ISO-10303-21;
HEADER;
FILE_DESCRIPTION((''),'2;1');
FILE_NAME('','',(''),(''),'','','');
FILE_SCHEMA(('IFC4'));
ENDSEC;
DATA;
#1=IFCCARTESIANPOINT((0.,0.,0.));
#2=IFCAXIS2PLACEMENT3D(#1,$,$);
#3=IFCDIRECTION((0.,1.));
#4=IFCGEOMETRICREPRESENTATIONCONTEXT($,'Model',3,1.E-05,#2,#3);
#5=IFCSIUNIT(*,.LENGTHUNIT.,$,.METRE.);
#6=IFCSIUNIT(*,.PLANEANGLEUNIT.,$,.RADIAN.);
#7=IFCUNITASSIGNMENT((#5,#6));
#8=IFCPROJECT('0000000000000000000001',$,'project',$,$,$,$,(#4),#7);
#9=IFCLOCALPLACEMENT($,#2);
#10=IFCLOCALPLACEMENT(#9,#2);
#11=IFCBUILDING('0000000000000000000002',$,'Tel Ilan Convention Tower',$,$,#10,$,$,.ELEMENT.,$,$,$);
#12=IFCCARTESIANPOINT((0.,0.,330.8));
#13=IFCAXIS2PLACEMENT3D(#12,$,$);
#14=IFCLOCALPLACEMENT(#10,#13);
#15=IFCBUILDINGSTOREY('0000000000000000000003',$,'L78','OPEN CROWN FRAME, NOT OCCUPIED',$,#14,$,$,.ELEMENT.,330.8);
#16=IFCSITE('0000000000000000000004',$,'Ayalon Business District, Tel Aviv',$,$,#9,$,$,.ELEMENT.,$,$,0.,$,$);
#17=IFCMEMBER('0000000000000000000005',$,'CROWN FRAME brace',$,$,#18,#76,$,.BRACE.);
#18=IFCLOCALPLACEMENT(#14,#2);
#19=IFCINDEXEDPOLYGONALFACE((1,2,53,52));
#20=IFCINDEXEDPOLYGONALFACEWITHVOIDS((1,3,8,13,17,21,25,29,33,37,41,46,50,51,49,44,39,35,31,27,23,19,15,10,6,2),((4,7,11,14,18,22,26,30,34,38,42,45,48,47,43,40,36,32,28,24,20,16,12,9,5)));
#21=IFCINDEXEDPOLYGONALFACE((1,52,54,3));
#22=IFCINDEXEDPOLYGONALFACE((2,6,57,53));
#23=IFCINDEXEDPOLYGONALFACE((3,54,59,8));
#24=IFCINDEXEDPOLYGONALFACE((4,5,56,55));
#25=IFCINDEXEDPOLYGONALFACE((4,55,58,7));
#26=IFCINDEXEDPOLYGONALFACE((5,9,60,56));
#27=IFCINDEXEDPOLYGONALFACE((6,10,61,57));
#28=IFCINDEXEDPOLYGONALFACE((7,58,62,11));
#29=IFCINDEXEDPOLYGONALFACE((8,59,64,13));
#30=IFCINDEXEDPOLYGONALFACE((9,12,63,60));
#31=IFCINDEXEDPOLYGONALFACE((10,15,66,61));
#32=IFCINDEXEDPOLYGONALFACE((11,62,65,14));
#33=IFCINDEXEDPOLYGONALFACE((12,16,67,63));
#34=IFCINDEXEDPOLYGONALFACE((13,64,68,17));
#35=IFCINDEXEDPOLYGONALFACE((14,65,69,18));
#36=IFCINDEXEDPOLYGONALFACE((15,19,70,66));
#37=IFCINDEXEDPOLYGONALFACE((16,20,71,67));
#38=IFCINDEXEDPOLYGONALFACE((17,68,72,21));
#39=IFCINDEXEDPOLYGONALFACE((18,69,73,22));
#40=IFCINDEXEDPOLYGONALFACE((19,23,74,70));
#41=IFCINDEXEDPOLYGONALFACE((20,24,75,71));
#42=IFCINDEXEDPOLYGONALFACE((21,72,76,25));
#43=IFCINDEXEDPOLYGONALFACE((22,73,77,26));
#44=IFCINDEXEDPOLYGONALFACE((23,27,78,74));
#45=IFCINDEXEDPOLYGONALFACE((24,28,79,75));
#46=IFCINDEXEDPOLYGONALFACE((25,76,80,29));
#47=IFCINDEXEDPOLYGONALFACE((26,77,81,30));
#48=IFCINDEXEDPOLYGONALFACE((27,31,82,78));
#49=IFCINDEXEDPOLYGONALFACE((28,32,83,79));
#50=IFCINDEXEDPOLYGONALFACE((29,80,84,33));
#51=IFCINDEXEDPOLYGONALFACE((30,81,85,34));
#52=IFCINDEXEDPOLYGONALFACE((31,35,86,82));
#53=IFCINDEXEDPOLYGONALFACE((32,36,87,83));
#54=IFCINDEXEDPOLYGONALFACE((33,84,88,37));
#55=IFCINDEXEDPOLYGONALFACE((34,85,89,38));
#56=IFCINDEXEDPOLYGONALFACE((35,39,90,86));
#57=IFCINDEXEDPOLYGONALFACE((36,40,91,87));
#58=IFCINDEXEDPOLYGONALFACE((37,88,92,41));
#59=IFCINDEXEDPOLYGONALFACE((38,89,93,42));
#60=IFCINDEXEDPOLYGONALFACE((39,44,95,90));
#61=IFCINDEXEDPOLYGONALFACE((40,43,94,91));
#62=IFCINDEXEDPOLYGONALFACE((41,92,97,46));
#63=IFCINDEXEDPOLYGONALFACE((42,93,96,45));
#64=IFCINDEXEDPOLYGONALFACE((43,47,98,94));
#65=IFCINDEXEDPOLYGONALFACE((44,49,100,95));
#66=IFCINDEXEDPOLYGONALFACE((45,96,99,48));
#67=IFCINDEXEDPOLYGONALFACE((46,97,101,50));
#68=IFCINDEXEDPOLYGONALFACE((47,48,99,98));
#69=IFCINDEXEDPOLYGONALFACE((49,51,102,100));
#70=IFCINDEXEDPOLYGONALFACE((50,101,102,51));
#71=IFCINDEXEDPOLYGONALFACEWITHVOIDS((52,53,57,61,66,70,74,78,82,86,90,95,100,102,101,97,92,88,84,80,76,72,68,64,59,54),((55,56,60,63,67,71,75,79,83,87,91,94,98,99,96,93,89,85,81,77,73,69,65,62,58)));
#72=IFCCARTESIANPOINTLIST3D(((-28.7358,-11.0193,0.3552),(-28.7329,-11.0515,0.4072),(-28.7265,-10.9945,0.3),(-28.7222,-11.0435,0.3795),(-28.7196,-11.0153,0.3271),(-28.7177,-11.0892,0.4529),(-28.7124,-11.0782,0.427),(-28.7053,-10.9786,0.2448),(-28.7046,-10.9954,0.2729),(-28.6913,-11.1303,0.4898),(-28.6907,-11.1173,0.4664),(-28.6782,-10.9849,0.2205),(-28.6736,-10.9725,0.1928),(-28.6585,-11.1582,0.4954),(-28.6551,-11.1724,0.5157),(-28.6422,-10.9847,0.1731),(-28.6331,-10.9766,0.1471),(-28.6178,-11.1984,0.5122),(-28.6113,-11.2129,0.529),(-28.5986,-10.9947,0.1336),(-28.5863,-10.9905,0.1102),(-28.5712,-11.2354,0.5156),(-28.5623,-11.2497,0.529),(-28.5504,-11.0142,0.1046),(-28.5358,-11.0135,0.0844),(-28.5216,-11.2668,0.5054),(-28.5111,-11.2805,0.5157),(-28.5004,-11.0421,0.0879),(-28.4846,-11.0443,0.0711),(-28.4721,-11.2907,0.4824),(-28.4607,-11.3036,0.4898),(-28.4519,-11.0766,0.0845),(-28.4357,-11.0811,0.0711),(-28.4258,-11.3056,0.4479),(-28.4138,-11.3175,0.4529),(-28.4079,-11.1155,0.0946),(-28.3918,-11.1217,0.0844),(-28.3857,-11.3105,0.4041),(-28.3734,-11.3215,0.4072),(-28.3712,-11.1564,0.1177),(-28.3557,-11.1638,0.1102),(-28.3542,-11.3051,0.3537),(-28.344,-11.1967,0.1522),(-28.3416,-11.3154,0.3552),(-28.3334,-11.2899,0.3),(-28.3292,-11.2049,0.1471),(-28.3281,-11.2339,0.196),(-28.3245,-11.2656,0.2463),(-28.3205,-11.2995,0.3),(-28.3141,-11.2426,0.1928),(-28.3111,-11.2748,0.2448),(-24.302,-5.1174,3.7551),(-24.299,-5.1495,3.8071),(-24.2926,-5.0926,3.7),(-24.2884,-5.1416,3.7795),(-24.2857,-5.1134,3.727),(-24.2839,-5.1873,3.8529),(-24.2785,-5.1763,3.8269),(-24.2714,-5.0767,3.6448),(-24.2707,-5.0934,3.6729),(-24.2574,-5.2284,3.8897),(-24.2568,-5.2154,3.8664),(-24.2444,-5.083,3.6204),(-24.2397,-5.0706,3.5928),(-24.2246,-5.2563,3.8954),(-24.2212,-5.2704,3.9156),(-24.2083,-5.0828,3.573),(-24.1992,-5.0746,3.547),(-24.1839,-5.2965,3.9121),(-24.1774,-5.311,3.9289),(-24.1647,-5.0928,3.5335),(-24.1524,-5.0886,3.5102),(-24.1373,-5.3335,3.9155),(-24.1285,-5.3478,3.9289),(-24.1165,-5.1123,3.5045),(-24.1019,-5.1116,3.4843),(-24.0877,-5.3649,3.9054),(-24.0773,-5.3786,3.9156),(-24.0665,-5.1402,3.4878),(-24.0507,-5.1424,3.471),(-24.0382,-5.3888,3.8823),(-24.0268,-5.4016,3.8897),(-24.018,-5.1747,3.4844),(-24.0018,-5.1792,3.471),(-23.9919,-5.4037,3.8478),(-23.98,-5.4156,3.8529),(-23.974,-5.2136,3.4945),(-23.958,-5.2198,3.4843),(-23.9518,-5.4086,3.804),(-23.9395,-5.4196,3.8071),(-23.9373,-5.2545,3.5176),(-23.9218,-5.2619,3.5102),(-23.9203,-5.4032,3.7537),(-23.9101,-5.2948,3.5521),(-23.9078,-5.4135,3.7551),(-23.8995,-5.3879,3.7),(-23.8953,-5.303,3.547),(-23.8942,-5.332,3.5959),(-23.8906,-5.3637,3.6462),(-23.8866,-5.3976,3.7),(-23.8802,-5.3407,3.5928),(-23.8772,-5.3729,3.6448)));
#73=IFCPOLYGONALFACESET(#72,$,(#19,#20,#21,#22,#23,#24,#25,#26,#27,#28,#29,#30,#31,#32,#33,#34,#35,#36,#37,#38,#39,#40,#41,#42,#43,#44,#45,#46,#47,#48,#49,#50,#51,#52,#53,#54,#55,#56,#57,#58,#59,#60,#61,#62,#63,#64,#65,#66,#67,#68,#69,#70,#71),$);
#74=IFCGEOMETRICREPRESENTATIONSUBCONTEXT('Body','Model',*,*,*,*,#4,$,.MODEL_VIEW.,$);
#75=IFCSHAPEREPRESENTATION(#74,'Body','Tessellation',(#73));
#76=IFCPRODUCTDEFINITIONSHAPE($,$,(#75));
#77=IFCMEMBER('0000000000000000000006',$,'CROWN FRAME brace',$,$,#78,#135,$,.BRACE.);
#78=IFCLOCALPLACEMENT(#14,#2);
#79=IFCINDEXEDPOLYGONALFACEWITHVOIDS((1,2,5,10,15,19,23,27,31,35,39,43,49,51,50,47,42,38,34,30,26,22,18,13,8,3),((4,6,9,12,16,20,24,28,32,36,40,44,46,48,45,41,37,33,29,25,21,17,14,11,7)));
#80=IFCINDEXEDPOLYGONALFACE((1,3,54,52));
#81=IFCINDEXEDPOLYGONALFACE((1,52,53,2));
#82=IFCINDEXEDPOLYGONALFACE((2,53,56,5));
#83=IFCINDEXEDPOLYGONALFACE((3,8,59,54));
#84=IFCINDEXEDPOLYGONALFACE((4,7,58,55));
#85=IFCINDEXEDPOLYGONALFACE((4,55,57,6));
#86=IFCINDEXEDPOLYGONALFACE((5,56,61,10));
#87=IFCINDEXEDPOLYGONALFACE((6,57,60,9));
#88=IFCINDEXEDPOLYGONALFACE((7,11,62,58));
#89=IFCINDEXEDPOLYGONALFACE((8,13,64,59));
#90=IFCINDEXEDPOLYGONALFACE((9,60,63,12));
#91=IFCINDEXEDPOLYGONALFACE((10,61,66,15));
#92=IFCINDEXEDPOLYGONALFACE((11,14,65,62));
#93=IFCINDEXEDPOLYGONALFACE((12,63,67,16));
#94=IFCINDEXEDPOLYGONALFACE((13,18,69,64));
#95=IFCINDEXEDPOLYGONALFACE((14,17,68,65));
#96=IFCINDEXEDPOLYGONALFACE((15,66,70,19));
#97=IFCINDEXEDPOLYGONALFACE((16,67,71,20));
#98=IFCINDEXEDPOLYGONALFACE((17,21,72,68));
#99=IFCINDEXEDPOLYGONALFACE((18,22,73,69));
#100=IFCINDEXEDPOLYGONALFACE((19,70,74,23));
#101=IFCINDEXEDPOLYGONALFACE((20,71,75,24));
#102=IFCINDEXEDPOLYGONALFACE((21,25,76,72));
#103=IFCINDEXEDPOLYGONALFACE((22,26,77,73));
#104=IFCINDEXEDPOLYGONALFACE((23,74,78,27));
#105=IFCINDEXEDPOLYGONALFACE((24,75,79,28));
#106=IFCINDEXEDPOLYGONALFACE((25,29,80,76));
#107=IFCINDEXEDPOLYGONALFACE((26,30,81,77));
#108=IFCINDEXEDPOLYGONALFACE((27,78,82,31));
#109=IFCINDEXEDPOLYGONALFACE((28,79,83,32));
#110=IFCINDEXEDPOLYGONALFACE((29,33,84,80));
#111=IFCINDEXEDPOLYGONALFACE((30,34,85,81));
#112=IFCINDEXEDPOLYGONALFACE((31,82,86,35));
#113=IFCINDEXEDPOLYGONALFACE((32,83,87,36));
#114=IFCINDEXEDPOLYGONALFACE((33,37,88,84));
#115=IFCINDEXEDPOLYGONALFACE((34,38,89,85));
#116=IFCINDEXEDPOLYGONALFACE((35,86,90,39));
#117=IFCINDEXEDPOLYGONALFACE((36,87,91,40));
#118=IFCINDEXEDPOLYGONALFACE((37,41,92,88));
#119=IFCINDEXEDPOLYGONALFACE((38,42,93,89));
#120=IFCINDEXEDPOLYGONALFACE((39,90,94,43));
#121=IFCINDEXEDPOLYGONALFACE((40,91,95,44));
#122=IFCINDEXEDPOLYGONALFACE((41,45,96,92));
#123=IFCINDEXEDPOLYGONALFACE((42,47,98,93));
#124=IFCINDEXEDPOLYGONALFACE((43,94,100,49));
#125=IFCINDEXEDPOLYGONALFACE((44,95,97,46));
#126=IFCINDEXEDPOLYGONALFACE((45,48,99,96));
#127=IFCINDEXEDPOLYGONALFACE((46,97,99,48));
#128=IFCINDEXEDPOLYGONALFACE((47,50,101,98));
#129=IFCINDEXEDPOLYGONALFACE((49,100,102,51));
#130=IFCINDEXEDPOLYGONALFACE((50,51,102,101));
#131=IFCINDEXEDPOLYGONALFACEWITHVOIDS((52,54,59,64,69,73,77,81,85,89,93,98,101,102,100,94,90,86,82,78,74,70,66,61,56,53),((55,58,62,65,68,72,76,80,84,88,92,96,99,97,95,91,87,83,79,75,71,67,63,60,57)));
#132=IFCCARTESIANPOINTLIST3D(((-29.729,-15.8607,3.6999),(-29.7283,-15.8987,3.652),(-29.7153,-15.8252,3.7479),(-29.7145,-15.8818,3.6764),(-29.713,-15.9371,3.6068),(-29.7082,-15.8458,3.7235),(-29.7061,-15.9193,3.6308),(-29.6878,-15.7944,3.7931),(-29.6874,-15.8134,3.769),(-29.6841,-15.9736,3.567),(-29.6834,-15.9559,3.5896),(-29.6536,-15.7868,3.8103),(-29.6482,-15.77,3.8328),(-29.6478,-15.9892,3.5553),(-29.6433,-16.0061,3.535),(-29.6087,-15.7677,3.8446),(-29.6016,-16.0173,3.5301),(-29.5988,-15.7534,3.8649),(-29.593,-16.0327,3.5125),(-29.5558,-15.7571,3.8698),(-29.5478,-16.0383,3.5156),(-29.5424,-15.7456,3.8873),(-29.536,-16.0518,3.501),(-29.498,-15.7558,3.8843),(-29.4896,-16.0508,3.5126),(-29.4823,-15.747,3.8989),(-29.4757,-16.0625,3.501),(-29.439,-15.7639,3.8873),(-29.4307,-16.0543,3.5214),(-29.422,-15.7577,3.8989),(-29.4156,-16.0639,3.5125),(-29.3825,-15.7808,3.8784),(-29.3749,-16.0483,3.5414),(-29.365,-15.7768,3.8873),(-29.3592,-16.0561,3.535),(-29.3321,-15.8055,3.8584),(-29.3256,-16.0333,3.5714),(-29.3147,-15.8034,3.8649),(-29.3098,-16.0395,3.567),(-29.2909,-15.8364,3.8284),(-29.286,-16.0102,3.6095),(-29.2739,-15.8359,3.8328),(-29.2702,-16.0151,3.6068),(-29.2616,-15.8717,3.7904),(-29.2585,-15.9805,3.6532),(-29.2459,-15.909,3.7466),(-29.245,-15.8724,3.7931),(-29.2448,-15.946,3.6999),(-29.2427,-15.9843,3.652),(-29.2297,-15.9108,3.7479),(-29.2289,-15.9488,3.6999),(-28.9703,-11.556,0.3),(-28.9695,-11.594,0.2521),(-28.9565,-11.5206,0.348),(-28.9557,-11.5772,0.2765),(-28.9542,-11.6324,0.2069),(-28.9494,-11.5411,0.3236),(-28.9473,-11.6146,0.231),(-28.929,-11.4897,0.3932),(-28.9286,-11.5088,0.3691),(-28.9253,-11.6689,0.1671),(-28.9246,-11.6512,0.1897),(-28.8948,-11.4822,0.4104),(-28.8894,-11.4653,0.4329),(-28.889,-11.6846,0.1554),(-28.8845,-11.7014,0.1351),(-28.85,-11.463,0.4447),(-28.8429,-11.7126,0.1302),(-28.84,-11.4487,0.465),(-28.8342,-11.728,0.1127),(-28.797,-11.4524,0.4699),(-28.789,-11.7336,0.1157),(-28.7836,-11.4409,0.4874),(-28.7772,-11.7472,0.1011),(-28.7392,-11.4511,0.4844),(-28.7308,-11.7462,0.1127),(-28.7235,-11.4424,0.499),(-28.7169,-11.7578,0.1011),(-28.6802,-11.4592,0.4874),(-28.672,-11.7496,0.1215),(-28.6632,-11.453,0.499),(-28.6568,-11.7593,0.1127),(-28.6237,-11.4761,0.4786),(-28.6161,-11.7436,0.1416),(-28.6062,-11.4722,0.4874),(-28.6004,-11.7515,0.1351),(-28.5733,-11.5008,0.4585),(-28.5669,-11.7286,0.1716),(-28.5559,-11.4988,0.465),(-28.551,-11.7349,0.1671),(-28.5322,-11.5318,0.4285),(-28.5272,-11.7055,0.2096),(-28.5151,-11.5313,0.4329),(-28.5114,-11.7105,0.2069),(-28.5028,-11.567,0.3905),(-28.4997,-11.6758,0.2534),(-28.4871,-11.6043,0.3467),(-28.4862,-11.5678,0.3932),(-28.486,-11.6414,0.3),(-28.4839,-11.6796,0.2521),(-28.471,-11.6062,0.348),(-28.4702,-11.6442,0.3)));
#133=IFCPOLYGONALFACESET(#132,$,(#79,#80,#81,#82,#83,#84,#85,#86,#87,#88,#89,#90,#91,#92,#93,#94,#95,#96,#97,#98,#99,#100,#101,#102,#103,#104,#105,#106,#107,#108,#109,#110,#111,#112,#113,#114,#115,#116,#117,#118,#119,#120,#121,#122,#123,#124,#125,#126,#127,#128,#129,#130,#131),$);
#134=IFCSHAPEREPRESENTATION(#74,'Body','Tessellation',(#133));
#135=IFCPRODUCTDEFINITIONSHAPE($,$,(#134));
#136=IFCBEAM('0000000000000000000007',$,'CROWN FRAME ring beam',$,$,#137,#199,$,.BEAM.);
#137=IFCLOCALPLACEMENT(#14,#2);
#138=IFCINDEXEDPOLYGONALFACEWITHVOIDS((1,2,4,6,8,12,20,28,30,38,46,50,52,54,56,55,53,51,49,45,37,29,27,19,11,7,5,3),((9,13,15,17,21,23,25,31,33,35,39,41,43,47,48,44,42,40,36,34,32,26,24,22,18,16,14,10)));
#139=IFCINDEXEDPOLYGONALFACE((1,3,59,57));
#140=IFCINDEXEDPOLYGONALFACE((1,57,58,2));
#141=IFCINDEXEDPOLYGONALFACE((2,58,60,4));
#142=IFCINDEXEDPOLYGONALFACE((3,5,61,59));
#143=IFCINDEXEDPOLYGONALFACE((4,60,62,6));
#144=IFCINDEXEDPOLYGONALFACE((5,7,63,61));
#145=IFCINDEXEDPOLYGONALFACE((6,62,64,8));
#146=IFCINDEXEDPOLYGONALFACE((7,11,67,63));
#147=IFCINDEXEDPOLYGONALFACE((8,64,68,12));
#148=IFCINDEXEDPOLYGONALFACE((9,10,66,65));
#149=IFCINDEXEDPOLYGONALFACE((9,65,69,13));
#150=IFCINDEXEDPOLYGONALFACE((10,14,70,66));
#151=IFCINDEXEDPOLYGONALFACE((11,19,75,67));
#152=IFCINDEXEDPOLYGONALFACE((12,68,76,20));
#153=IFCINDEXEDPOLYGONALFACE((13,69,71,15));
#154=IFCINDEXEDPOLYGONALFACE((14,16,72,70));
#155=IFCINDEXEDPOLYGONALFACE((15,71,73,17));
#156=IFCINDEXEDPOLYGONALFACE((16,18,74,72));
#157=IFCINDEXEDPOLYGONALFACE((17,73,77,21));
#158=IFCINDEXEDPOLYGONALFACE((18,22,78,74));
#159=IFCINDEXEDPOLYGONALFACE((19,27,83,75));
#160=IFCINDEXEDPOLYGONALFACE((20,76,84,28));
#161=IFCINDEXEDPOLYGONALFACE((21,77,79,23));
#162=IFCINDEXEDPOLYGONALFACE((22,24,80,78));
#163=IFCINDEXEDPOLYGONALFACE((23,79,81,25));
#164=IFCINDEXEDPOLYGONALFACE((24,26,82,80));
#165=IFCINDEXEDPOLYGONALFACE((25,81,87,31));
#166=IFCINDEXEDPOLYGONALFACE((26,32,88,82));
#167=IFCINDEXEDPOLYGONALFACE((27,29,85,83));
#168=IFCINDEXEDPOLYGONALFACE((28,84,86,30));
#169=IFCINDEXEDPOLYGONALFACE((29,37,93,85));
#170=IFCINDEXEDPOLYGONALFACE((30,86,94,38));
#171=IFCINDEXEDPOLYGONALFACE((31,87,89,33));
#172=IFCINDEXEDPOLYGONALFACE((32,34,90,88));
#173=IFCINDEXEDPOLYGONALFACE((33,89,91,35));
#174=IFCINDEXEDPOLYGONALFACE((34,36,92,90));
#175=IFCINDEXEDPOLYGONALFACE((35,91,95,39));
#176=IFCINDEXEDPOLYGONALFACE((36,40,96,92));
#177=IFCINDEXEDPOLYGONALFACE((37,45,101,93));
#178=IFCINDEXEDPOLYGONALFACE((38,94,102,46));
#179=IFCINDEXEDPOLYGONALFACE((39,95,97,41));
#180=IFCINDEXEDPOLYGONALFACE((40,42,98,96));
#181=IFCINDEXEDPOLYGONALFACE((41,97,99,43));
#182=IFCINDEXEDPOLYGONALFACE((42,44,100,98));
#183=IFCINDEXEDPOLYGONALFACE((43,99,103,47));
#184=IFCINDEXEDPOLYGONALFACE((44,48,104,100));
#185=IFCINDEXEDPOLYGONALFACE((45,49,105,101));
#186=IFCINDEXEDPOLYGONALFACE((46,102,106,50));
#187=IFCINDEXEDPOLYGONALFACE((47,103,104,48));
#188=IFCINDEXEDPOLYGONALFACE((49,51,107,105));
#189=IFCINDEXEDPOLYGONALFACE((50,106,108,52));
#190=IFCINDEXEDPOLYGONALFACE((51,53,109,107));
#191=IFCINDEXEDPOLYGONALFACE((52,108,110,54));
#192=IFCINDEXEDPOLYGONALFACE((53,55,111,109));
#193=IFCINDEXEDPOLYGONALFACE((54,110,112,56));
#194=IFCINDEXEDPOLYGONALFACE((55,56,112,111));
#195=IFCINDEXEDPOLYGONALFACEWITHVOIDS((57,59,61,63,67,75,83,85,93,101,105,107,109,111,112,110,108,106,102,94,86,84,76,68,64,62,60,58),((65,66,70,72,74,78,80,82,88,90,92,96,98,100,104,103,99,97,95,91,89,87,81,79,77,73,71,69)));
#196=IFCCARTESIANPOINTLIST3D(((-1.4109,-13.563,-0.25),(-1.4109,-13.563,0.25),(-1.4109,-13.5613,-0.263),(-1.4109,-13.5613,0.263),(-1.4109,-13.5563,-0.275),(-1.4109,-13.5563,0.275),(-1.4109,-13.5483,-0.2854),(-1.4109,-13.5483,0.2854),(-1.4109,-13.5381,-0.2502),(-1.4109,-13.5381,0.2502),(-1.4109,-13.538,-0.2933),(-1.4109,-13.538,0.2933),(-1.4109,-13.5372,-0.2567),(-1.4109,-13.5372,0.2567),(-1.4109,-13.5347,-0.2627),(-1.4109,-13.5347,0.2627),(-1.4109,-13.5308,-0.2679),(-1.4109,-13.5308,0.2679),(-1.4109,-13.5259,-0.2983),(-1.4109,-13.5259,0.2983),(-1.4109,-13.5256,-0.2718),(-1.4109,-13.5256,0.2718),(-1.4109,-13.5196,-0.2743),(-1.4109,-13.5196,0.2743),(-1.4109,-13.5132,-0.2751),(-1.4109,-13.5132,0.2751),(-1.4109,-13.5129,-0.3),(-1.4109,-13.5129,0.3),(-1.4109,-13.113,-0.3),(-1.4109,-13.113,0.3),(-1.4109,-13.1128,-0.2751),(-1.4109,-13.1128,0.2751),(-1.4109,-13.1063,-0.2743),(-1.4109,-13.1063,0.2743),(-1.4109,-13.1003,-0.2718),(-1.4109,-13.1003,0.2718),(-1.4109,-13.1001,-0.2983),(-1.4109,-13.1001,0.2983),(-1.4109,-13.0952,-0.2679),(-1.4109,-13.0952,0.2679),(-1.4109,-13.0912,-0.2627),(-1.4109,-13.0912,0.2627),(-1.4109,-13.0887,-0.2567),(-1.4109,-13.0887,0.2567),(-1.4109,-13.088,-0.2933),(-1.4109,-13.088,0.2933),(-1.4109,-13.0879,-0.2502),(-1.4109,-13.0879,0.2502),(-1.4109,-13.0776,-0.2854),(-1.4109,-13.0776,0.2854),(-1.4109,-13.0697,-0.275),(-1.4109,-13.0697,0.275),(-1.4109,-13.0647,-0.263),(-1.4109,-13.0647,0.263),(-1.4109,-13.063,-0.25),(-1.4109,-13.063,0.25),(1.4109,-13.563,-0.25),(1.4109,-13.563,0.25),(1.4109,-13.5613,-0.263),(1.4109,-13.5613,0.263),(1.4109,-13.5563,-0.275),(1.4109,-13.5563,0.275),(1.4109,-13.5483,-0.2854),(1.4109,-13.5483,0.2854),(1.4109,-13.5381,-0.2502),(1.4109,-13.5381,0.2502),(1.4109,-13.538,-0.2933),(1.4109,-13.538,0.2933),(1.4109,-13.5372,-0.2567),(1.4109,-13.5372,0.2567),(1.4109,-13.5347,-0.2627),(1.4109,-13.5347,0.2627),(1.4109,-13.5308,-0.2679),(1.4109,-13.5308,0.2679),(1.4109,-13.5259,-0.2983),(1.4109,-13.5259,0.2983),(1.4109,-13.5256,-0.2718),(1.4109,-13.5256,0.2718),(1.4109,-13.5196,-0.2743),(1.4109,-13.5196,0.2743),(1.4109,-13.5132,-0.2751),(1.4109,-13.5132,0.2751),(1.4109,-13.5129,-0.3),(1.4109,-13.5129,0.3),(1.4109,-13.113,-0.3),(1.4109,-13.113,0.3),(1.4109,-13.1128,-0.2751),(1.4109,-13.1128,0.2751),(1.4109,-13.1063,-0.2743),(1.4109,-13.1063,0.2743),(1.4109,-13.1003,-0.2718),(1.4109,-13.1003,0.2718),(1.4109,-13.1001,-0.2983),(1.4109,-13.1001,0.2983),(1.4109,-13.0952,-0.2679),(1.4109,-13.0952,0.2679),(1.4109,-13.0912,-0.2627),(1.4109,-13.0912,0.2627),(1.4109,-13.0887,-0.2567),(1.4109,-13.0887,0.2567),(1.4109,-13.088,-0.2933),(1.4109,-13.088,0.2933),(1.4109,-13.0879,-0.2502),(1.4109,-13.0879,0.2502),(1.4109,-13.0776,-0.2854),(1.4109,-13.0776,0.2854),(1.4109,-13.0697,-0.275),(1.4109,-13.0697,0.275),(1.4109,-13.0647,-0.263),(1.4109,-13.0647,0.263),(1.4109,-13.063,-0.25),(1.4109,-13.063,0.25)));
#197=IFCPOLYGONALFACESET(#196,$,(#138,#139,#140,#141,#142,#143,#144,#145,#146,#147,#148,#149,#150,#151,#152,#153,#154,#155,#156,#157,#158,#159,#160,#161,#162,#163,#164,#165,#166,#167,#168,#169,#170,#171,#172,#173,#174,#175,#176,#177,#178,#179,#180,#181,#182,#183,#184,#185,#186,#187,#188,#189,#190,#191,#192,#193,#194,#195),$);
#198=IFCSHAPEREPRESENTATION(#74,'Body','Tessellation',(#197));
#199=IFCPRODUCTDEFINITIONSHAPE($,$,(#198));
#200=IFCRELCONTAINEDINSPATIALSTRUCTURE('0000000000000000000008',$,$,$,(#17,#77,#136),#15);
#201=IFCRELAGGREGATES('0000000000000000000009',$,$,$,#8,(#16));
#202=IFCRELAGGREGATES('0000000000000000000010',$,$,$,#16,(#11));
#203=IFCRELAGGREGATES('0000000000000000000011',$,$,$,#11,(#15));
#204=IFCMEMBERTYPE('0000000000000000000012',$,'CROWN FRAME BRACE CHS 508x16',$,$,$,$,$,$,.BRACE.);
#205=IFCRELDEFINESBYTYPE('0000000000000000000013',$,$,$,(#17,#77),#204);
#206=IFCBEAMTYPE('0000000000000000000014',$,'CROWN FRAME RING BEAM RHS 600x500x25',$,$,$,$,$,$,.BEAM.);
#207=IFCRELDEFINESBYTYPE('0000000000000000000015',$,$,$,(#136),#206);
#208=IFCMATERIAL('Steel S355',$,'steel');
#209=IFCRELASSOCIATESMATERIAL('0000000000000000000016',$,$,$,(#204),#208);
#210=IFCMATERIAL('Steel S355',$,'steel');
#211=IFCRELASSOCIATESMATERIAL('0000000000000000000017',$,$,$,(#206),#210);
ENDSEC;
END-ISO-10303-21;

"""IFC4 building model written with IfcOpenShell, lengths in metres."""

from ifc_helpers import new_model, si_unit, direction, frame, origin, origin_2d, place, context, subcontext, project, spatial, hollow_rectangle, hollow_circle, extrude, material, material_profile, profile_set, type_object, element, save


model = new_model("IFC4")

# Units and contexts
model_context = context("Model", 3, precision=1e-05, world=origin(), true_north=direction((0.0, 1.0)))
body_context = subcontext(model_context, "Body", "Model", "MODEL_VIEW")
ifc_project = project(units=[si_unit("LENGTHUNIT", "METRE"), si_unit("PLANEANGLEUNIT", "RADIAN")], contexts=[model_context])

# Site, building, storey
site_placement = place(None, origin())
site = spatial("IfcSite", under=ifc_project, at=site_placement, Name="Ayalon Business District, Tel Aviv", CompositionType="ELEMENT", RefElevation=0.0)
building_placement = place(site_placement, origin())
building = spatial("IfcBuilding", under=site, at=building_placement, Name="Tel Ilan Convention Tower", CompositionType="ELEMENT")
storey_placement = place(building_placement, frame((0.0, 0.0, 330.8)))
storey = spatial("IfcBuildingStorey", under=building, at=storey_placement, Name="L78", Description="OPEN CROWN FRAME, NOT OCCUPIED", CompositionType="ELEMENT", Elevation=330.8)

# Members
ifc_material_1 = material(Name="Steel S355", Category="steel")
ifc_material_profile_1 = material_profile(ifc_material_1, hollow_circle(Radius=0.2539, WallThickness=0.0161, at=origin_2d()), Name="CHS 508x16")
ifc_profile_set_1 = profile_set([ifc_material_profile_1], Name="Steel S355")
member_type = type_object("IfcMemberType", Name="CROWN FRAME BRACE CHS 508x16", PredefinedType="BRACE", material=ifc_profile_set_1)
member_1_placement = place(storey_placement, frame((-24.0896, -5.2451, 3.7), z_axis=(-0.54556, -0.726192, -0.41834), x_axis=(0.799516, -0.600645, 0.0)))
element("IfcMember", 1, at=member_1_placement, inside=storey, type_object=member_type, Name="CROWN FRAME brace", PredefinedType="BRACE", context=body_context, shape_type="SweptSolid", body=[
    extrude(hollow_circle(Radius=0.2539, WallThickness=0.0161, at=origin_2d()), origin(), (0.0, 0.0, 1.0), 8.1272),
])
member_2_placement = place(storey_placement, frame((-28.7202, -11.6001, 0.3), z_axis=(-0.137024, -0.777351, 0.613963), x_axis=(0.984817, -0.173594, 0.0)))
element("IfcMember", 2, at=member_2_placement, inside=storey, type_object=member_type, Name="CROWN FRAME brace", PredefinedType="BRACE", context=body_context, shape_type="SweptSolid", body=[
    extrude(hollow_circle(Radius=0.2539, WallThickness=0.0161, at=origin_2d()), origin(), (0.0, 0.0, 1.0), 5.5376),
])

# Beam
ifc_material_2 = material(Name="Steel S355", Category="steel")
ifc_material_profile_2 = material_profile(ifc_material_2, hollow_rectangle(XDim=0.5, YDim=0.6001, WallThickness=0.0249, InnerFilletRadius=0.0249, OuterFilletRadius=0.05, at=origin_2d()), Name="RHS 600x500x25")
ifc_profile_set_2 = profile_set([ifc_material_profile_2], Name="Steel S355")
beam_type = type_object("IfcBeamType", Name="CROWN FRAME RING BEAM RHS 600x500x25", PredefinedType="BEAM", material=ifc_profile_set_2)
beam_1_placement = place(storey_placement, frame((-1.4109, -13.313, 0.0), z_axis=(1.0, 0.0, 0.0), x_axis=(0.0, 1.0, 0.0)))
element("IfcBeam", 3, at=beam_1_placement, inside=storey, type_object=beam_type, Name="CROWN FRAME ring beam", PredefinedType="BEAM", context=body_context, shape_type="SweptSolid", body=[
    extrude(hollow_rectangle(XDim=0.5, YDim=0.6001, WallThickness=0.0249, InnerFilletRadius=0.0249, OuterFilletRadius=0.05, at=origin_2d()), origin(), (0.0, 0.0, 1.0), 2.8218),
])

save(model, "model.ifc")
